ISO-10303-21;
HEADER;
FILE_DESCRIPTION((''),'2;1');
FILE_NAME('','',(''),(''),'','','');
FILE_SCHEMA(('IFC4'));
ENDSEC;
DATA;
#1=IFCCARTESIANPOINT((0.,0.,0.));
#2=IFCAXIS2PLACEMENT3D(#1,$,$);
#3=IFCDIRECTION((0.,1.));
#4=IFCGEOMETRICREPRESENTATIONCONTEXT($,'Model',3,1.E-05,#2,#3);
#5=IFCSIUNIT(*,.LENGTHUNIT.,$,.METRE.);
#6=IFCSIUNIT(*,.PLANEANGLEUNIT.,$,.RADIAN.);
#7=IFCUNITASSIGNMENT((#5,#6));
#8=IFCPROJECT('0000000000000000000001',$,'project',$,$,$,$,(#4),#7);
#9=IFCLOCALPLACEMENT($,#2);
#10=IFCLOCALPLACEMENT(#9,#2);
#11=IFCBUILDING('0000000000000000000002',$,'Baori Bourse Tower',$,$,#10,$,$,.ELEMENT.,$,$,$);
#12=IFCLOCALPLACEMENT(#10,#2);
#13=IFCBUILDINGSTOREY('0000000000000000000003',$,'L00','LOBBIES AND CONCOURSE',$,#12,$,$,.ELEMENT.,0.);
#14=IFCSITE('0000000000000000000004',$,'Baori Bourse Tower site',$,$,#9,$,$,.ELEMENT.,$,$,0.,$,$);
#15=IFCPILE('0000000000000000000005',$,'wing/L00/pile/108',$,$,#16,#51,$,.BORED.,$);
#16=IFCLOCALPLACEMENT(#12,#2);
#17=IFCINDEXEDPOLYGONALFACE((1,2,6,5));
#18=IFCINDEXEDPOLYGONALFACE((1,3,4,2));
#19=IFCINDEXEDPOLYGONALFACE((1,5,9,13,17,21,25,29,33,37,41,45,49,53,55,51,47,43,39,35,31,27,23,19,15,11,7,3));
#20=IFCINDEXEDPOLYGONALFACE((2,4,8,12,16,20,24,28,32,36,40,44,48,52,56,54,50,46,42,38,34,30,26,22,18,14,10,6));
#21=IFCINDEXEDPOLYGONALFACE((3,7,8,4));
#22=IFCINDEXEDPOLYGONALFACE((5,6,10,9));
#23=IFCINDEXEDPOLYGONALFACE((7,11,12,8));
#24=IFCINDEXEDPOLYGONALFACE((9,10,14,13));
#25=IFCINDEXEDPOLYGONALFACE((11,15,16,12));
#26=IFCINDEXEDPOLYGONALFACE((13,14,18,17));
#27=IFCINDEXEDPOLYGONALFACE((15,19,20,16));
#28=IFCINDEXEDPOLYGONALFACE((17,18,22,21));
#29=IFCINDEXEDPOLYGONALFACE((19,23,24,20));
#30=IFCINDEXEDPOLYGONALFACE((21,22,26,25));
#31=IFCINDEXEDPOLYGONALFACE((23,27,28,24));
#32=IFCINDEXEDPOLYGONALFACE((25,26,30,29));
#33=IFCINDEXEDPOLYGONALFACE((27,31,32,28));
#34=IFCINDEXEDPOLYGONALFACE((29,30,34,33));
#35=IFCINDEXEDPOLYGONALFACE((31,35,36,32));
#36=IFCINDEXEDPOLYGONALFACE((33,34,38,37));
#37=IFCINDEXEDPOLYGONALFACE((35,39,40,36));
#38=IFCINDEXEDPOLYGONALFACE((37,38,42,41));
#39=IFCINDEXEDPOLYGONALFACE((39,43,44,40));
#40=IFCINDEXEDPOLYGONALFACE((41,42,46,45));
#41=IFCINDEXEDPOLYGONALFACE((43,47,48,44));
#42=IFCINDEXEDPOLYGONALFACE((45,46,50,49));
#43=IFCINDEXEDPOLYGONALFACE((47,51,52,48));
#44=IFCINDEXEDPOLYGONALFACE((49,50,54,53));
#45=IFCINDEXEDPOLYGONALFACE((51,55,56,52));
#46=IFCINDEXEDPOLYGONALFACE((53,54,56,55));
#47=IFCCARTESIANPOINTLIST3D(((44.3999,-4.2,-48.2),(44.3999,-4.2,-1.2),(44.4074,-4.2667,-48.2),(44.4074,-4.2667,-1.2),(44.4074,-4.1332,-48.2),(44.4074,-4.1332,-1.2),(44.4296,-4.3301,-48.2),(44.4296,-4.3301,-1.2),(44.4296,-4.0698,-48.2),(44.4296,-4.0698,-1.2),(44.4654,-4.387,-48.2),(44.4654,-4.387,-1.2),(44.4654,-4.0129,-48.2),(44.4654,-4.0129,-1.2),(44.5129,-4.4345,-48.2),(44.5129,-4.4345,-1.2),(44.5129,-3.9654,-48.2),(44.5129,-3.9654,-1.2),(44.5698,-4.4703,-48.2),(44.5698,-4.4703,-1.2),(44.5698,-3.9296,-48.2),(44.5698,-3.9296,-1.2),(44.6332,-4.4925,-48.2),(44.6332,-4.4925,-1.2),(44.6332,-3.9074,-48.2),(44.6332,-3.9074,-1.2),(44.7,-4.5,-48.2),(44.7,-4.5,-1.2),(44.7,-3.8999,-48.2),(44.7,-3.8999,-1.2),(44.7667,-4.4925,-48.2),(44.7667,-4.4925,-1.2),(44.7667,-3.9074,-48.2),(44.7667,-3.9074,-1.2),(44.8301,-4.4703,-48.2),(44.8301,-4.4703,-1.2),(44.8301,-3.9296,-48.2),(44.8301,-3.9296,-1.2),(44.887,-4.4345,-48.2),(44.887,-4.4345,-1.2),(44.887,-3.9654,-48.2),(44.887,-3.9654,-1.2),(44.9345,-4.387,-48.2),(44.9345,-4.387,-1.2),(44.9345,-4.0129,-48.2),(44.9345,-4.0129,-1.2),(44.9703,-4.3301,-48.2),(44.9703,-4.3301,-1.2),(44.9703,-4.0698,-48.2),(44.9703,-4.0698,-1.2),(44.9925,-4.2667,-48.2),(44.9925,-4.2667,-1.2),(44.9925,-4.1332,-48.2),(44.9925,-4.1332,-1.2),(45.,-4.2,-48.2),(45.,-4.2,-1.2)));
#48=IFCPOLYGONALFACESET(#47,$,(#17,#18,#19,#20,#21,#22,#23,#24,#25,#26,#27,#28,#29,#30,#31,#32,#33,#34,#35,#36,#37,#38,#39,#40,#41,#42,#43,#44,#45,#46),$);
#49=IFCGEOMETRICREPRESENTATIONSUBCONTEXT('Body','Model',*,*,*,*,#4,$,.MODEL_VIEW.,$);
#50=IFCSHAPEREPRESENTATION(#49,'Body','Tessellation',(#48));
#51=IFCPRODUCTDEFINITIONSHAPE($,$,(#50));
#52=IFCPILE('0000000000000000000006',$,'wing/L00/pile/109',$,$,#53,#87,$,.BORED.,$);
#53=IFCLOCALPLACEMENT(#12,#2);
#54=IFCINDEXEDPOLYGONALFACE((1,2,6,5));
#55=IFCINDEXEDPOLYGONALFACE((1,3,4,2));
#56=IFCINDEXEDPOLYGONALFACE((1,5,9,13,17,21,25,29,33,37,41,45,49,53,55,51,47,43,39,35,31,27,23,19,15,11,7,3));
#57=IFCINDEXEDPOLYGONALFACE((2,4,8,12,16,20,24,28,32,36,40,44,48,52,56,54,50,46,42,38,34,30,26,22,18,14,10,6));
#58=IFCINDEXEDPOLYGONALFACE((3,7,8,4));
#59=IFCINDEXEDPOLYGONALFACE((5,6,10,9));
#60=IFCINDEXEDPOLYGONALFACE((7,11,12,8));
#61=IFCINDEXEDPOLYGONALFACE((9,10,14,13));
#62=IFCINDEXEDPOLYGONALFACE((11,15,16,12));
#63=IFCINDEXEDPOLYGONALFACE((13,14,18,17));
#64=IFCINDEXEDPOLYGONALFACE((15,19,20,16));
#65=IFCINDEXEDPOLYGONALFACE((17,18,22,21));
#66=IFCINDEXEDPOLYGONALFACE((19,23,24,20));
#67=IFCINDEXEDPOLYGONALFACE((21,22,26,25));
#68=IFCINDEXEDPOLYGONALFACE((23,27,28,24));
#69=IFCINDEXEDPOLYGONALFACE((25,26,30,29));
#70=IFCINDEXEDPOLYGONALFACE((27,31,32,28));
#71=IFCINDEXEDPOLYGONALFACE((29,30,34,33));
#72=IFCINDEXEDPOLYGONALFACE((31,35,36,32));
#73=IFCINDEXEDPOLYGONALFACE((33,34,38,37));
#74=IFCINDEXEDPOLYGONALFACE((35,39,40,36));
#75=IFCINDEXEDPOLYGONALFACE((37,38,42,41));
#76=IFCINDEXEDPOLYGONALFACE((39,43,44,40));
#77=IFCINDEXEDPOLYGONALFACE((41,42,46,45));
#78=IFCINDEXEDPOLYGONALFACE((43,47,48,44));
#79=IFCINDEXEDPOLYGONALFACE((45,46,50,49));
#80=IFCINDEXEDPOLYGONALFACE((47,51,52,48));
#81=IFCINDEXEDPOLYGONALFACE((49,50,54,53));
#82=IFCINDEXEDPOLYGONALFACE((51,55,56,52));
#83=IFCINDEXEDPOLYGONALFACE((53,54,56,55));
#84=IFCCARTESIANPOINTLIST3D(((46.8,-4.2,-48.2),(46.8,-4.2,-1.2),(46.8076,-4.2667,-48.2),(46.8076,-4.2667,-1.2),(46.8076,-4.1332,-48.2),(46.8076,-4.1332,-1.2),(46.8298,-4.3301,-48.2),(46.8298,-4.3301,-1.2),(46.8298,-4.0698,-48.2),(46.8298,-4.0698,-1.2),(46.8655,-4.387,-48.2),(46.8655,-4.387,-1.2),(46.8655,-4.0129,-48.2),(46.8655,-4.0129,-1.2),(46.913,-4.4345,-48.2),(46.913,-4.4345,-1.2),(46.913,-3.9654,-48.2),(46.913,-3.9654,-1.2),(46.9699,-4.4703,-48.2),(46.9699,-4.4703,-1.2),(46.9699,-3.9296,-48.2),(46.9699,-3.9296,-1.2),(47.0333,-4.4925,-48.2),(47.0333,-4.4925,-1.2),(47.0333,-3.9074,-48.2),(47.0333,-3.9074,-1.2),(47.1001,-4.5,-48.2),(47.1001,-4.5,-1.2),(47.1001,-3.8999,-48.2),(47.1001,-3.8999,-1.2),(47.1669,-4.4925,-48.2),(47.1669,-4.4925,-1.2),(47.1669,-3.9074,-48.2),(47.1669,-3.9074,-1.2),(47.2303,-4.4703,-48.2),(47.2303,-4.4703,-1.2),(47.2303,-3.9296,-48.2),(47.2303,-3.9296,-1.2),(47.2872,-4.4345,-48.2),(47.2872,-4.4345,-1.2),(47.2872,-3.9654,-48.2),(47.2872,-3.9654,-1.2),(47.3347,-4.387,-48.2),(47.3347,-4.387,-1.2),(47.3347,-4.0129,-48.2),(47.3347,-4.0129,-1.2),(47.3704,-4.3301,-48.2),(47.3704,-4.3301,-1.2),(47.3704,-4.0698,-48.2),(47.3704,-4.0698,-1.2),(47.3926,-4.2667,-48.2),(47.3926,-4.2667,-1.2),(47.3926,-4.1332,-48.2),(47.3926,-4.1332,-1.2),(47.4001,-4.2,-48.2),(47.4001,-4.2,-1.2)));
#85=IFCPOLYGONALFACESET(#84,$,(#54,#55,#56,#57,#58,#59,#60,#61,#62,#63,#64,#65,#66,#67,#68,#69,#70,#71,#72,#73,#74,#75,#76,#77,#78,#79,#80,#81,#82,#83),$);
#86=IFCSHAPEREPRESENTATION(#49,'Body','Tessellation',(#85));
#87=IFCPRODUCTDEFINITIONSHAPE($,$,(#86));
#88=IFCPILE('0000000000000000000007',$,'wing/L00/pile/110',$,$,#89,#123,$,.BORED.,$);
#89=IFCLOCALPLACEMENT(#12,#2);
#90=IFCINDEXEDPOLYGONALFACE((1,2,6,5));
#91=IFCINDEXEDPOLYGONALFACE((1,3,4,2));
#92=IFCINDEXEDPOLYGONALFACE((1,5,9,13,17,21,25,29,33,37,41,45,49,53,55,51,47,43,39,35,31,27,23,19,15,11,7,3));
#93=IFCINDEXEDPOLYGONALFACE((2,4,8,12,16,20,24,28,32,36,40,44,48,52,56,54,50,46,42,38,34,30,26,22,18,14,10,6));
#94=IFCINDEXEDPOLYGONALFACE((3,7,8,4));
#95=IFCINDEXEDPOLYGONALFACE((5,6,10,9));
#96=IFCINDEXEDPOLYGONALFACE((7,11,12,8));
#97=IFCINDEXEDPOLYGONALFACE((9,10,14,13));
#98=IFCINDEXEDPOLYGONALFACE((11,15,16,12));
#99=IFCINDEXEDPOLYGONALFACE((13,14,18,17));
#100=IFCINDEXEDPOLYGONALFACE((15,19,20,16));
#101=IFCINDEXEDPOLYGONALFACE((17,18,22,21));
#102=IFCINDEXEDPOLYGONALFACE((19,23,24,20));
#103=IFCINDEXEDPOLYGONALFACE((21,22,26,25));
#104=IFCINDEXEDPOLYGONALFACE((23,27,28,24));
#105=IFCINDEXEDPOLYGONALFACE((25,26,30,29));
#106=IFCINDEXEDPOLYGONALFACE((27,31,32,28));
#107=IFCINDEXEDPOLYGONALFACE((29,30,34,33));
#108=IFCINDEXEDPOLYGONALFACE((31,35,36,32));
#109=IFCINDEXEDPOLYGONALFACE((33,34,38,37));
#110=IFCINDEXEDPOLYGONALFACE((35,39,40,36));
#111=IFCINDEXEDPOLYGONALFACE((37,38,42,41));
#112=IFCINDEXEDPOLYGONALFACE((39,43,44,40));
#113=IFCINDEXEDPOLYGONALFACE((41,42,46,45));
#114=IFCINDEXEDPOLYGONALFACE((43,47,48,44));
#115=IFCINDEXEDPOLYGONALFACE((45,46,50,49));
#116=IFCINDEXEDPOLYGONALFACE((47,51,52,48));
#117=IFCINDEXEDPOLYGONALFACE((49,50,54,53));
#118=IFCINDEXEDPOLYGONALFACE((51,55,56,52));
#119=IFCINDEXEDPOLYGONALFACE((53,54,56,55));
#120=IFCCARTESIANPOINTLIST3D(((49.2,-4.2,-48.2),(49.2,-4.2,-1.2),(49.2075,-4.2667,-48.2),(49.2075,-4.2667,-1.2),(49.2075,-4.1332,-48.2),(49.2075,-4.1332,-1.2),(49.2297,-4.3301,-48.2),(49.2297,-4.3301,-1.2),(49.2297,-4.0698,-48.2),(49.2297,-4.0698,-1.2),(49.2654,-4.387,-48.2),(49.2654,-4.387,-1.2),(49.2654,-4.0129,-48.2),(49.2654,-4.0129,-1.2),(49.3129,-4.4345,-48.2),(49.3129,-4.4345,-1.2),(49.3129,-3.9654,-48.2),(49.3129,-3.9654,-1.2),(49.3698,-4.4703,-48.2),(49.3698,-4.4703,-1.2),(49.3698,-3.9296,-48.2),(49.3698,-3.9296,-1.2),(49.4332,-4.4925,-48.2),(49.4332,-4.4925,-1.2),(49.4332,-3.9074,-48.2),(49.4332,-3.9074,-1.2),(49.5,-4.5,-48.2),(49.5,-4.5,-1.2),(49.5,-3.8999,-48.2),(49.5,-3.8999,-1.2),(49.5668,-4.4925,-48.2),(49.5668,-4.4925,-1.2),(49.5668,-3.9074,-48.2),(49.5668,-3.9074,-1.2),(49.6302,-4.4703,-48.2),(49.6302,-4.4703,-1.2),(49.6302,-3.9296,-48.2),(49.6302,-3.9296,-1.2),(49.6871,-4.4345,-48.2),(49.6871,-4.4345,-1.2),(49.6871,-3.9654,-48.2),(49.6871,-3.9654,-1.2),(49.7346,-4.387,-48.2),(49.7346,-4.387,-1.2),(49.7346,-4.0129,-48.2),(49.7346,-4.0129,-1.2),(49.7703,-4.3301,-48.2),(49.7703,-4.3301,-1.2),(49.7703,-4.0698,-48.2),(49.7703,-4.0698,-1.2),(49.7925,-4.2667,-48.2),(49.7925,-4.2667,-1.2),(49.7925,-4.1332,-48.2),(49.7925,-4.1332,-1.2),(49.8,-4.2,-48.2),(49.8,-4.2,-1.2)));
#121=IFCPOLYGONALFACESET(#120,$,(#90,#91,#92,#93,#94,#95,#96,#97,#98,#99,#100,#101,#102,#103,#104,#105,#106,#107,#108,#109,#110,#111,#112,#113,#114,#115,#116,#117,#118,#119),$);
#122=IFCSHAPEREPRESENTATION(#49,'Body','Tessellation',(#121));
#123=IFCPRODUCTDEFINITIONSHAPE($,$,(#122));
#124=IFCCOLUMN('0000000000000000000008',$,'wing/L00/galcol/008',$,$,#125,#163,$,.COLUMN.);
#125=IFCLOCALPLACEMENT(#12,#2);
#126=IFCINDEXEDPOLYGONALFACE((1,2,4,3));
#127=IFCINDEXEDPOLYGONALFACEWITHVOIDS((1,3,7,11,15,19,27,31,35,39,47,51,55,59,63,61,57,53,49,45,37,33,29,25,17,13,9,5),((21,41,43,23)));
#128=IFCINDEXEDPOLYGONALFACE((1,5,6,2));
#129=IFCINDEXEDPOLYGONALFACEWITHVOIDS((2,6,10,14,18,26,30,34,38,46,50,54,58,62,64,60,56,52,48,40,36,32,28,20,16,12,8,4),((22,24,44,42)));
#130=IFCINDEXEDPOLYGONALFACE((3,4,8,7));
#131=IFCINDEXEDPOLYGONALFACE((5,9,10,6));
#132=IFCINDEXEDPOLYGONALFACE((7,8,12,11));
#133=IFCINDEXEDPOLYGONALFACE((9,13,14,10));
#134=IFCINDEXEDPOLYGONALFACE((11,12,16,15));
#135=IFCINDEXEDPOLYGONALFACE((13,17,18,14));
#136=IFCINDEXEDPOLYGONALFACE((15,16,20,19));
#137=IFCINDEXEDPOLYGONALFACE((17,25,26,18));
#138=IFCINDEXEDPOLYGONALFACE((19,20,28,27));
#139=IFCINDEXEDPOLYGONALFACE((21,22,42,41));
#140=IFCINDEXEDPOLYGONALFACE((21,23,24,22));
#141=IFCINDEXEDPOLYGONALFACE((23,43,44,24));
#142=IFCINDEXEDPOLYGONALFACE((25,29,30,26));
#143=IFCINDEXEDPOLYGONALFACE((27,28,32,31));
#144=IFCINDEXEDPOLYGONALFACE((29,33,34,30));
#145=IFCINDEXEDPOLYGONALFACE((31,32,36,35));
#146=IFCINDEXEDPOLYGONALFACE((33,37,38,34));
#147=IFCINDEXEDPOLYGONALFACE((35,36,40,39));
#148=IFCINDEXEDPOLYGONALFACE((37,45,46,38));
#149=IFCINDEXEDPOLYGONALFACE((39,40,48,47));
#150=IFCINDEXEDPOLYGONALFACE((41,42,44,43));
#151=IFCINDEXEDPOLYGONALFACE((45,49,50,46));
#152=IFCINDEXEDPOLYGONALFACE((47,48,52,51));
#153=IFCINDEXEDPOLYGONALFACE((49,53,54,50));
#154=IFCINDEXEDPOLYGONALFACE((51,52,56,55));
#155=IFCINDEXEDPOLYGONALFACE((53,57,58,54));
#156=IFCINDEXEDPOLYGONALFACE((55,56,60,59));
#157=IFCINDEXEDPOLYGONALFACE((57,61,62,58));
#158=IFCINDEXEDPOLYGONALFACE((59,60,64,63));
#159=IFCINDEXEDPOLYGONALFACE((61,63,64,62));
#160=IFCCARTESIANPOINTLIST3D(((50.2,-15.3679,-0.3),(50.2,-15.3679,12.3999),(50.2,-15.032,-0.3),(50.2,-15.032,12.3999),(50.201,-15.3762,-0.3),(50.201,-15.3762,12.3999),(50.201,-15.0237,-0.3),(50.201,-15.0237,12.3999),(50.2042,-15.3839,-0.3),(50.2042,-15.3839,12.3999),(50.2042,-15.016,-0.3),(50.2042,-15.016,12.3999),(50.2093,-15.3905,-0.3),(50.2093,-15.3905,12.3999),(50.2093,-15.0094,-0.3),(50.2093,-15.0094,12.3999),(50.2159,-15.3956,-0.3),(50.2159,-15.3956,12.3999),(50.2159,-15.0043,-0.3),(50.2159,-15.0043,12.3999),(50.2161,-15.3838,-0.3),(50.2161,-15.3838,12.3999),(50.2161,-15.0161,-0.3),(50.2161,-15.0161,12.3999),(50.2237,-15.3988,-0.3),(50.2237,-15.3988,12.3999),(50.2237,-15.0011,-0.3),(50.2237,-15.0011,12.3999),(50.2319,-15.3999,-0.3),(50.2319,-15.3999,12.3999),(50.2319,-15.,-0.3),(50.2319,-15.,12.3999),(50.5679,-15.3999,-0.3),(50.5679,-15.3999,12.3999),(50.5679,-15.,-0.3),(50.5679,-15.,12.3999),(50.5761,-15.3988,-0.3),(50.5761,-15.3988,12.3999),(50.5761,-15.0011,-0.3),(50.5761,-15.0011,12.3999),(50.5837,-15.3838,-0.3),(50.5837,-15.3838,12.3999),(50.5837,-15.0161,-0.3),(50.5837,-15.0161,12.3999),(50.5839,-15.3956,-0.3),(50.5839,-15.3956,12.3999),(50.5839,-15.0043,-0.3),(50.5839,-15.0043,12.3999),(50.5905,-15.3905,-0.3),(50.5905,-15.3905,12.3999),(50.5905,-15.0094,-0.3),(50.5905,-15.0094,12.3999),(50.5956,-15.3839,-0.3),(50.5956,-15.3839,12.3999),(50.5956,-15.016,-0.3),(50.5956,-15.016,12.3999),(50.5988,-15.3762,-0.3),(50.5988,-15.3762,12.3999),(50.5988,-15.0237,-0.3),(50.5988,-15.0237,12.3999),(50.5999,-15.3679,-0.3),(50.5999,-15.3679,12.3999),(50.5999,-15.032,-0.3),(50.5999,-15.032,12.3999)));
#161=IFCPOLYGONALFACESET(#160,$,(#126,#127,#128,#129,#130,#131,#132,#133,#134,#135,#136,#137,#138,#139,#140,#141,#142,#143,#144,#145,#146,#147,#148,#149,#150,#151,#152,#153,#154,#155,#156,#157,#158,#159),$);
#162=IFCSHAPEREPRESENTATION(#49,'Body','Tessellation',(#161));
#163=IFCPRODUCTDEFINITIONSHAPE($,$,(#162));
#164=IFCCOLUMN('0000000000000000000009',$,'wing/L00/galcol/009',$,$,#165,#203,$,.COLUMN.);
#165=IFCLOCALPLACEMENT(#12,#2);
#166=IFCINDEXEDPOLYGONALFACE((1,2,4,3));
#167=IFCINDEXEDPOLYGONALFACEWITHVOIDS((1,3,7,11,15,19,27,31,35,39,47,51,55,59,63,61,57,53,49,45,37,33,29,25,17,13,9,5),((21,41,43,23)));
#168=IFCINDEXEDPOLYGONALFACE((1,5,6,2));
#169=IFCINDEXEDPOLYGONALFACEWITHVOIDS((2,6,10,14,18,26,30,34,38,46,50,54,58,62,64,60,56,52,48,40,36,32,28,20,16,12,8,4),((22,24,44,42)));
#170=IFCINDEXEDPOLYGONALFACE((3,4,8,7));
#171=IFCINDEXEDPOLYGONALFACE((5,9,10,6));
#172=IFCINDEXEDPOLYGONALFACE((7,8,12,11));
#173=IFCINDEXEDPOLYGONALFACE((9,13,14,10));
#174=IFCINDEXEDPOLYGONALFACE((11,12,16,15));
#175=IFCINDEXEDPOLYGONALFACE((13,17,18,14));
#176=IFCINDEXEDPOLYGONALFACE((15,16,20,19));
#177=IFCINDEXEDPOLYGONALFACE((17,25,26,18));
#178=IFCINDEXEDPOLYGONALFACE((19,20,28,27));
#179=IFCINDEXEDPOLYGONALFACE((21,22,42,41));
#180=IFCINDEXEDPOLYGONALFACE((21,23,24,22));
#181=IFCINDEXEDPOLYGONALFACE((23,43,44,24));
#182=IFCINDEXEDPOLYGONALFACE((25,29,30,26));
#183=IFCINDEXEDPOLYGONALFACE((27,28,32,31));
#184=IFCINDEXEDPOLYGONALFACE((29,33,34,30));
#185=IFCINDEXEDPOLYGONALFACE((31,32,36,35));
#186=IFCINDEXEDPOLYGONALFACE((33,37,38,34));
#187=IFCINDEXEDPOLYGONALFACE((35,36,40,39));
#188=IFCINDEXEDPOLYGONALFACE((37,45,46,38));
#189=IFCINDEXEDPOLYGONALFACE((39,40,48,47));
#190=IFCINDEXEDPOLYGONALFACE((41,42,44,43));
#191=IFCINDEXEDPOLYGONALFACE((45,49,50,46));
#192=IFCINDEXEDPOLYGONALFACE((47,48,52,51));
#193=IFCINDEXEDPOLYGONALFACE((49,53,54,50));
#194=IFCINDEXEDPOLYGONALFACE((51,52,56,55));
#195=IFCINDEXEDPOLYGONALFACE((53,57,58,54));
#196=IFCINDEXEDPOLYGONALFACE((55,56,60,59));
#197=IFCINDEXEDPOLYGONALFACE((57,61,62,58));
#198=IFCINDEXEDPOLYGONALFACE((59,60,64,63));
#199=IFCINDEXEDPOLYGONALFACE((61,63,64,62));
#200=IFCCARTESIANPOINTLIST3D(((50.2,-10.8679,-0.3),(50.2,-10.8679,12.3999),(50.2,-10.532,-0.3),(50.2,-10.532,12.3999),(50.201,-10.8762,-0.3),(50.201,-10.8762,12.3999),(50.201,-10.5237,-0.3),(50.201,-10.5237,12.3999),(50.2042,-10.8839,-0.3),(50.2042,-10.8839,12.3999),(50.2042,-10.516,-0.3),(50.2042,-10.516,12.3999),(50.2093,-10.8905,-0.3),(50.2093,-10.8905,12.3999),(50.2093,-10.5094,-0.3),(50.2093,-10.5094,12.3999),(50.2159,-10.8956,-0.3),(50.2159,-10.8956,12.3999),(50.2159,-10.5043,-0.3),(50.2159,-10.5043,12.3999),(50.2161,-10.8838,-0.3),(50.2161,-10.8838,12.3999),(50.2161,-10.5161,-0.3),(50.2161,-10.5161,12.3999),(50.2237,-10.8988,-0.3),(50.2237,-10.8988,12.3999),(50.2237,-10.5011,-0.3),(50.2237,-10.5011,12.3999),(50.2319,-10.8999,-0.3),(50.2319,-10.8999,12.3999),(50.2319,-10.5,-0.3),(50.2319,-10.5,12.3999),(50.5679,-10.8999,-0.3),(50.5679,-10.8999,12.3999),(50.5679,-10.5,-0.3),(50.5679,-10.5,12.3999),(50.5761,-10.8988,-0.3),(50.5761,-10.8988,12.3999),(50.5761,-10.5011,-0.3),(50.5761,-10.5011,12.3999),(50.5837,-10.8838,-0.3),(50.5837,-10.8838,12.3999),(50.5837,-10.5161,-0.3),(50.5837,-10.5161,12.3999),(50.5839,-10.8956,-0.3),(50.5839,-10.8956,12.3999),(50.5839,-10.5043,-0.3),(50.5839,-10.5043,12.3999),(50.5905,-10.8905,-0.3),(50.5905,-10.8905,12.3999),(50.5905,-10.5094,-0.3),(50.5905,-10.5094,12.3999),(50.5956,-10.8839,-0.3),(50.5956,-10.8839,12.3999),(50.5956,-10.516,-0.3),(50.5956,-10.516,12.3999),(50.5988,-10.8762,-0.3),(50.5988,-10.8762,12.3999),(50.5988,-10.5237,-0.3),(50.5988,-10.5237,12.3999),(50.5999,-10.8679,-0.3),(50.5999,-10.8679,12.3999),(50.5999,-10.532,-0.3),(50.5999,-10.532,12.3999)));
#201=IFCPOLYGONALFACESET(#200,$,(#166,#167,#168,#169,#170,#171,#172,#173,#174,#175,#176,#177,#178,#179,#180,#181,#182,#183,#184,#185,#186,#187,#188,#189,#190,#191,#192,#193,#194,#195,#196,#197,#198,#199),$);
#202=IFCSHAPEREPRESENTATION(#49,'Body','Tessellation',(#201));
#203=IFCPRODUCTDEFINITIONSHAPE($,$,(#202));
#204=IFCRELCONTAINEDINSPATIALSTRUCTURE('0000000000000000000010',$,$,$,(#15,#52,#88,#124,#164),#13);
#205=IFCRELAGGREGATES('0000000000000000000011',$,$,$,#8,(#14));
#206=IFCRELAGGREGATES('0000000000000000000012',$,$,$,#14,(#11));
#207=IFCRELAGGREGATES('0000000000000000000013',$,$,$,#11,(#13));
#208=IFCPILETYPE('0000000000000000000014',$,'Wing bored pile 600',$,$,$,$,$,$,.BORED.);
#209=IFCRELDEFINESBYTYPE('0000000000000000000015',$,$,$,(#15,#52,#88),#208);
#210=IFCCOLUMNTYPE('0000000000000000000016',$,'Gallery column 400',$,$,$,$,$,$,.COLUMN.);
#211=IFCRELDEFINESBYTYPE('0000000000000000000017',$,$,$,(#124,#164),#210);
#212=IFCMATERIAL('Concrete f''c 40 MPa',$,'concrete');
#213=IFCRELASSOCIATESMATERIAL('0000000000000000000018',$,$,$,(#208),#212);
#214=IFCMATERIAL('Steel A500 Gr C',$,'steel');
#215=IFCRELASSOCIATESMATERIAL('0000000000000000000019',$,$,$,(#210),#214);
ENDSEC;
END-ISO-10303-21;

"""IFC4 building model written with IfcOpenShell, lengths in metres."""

from ifc_helpers import new_model, si_unit, direction, frame, origin, origin_2d, place, context, subcontext, project, spatial, hollow_rectangle, circle, extrude, material, material_profile, profile_set, type_object, element, save


model = new_model("IFC4")

# Units and contexts
model_context = context("Model", 3, precision=1e-05, world=origin(), true_north=direction((0.0, 1.0)))
body_context = subcontext(model_context, "Body", "Model", "MODEL_VIEW")
ifc_project = project(units=[si_unit("LENGTHUNIT", "METRE"), si_unit("PLANEANGLEUNIT", "RADIAN")], contexts=[model_context])

# Site, building, storey
site_placement = place(None, origin())
site = spatial("IfcSite", under=ifc_project, at=site_placement, Name="Baori Bourse Tower site", CompositionType="ELEMENT", RefElevation=0.0)
building_placement = place(site_placement, origin())
building = spatial("IfcBuilding", under=site, at=building_placement, Name="Baori Bourse Tower", CompositionType="ELEMENT")
storey_placement = place(building_placement, origin())
storey = spatial("IfcBuildingStorey", under=building, at=storey_placement, Name="L00", Description="LOBBIES AND CONCOURSE", CompositionType="ELEMENT", Elevation=0.0)

# Piles
ifc_material_1 = material(Name="Concrete f'c 40 MPa", Category="concrete")
ifc_material_profile_1 = material_profile(ifc_material_1, circle(Radius=0.3, at=origin_2d()), Name="Wing bored pile 600")
ifc_profile_set_1 = profile_set([ifc_material_profile_1], Name="Concrete f'c 40 MPa")
pile_type_1 = type_object("IfcPileType", Name="Wing bored pile 600", PredefinedType="BORED", material=ifc_profile_set_1)
for number, where, z_axis, x_axis, name in (
    (1, (44.7, -4.2, -1.2), (0.0, 0.0, -1.0), (1.0, 0.0, 0.0), "wing/L00/pile/108"),
    (2, (47.1001, -4.2, -1.2), (0.0, 0.0, -1.0), (1.0, 0.0, 0.0), "wing/L00/pile/109"),
    (3, (49.5, -4.2, -1.2), (0.0, 0.0, -1.0), (1.0, 0.0, 0.0), "wing/L00/pile/110"),
):
    element("IfcPile", number, at=place(storey_placement, frame(where, z_axis=z_axis, x_axis=x_axis)), inside=storey, type_object=pile_type_1, Name=name, PredefinedType="BORED", context=body_context, shape_type="SweptSolid", body=[
        extrude(circle(Radius=0.3, at=origin_2d()), origin(), (0.0, 0.0, 1.0), 47.0),
    ])

# Columns
ifc_material_2 = material(Name="Steel A500 Gr C", Category="steel")
ifc_material_profile_2 = material_profile(ifc_material_2, hollow_rectangle(XDim=0.3999, YDim=0.3999, WallThickness=0.0161, OuterFilletRadius=0.032, at=origin_2d()), Name="HSS400x400x16")
ifc_profile_set_2 = profile_set([ifc_material_profile_2], Name="Steel A500 Gr C")
column_type = type_object("IfcColumnType", Name="Gallery column 400", PredefinedType="COLUMN", material=ifc_profile_set_2)
for number, where, z_axis, x_axis, name in (
    (4, (50.3999, -15.2, -0.3), (0.0, 0.0, 1.0), (1.0, 0.0, 0.0), "wing/L00/galcol/008"),
    (5, (50.3999, -10.7, -0.3), (0.0, 0.0, 1.0), (1.0, 0.0, 0.0), "wing/L00/galcol/009"),
):
    element("IfcColumn", number, at=place(storey_placement, frame(where, z_axis=z_axis, x_axis=x_axis)), inside=storey, type_object=column_type, Name=name, PredefinedType="COLUMN", context=body_context, shape_type="SweptSolid", body=[
        extrude(hollow_rectangle(XDim=0.3999, YDim=0.3999, WallThickness=0.0161, OuterFilletRadius=0.032, at=origin_2d()), origin(), (0.0, 0.0, 1.0), 12.7),
    ])

save(model, "model.ifc")
